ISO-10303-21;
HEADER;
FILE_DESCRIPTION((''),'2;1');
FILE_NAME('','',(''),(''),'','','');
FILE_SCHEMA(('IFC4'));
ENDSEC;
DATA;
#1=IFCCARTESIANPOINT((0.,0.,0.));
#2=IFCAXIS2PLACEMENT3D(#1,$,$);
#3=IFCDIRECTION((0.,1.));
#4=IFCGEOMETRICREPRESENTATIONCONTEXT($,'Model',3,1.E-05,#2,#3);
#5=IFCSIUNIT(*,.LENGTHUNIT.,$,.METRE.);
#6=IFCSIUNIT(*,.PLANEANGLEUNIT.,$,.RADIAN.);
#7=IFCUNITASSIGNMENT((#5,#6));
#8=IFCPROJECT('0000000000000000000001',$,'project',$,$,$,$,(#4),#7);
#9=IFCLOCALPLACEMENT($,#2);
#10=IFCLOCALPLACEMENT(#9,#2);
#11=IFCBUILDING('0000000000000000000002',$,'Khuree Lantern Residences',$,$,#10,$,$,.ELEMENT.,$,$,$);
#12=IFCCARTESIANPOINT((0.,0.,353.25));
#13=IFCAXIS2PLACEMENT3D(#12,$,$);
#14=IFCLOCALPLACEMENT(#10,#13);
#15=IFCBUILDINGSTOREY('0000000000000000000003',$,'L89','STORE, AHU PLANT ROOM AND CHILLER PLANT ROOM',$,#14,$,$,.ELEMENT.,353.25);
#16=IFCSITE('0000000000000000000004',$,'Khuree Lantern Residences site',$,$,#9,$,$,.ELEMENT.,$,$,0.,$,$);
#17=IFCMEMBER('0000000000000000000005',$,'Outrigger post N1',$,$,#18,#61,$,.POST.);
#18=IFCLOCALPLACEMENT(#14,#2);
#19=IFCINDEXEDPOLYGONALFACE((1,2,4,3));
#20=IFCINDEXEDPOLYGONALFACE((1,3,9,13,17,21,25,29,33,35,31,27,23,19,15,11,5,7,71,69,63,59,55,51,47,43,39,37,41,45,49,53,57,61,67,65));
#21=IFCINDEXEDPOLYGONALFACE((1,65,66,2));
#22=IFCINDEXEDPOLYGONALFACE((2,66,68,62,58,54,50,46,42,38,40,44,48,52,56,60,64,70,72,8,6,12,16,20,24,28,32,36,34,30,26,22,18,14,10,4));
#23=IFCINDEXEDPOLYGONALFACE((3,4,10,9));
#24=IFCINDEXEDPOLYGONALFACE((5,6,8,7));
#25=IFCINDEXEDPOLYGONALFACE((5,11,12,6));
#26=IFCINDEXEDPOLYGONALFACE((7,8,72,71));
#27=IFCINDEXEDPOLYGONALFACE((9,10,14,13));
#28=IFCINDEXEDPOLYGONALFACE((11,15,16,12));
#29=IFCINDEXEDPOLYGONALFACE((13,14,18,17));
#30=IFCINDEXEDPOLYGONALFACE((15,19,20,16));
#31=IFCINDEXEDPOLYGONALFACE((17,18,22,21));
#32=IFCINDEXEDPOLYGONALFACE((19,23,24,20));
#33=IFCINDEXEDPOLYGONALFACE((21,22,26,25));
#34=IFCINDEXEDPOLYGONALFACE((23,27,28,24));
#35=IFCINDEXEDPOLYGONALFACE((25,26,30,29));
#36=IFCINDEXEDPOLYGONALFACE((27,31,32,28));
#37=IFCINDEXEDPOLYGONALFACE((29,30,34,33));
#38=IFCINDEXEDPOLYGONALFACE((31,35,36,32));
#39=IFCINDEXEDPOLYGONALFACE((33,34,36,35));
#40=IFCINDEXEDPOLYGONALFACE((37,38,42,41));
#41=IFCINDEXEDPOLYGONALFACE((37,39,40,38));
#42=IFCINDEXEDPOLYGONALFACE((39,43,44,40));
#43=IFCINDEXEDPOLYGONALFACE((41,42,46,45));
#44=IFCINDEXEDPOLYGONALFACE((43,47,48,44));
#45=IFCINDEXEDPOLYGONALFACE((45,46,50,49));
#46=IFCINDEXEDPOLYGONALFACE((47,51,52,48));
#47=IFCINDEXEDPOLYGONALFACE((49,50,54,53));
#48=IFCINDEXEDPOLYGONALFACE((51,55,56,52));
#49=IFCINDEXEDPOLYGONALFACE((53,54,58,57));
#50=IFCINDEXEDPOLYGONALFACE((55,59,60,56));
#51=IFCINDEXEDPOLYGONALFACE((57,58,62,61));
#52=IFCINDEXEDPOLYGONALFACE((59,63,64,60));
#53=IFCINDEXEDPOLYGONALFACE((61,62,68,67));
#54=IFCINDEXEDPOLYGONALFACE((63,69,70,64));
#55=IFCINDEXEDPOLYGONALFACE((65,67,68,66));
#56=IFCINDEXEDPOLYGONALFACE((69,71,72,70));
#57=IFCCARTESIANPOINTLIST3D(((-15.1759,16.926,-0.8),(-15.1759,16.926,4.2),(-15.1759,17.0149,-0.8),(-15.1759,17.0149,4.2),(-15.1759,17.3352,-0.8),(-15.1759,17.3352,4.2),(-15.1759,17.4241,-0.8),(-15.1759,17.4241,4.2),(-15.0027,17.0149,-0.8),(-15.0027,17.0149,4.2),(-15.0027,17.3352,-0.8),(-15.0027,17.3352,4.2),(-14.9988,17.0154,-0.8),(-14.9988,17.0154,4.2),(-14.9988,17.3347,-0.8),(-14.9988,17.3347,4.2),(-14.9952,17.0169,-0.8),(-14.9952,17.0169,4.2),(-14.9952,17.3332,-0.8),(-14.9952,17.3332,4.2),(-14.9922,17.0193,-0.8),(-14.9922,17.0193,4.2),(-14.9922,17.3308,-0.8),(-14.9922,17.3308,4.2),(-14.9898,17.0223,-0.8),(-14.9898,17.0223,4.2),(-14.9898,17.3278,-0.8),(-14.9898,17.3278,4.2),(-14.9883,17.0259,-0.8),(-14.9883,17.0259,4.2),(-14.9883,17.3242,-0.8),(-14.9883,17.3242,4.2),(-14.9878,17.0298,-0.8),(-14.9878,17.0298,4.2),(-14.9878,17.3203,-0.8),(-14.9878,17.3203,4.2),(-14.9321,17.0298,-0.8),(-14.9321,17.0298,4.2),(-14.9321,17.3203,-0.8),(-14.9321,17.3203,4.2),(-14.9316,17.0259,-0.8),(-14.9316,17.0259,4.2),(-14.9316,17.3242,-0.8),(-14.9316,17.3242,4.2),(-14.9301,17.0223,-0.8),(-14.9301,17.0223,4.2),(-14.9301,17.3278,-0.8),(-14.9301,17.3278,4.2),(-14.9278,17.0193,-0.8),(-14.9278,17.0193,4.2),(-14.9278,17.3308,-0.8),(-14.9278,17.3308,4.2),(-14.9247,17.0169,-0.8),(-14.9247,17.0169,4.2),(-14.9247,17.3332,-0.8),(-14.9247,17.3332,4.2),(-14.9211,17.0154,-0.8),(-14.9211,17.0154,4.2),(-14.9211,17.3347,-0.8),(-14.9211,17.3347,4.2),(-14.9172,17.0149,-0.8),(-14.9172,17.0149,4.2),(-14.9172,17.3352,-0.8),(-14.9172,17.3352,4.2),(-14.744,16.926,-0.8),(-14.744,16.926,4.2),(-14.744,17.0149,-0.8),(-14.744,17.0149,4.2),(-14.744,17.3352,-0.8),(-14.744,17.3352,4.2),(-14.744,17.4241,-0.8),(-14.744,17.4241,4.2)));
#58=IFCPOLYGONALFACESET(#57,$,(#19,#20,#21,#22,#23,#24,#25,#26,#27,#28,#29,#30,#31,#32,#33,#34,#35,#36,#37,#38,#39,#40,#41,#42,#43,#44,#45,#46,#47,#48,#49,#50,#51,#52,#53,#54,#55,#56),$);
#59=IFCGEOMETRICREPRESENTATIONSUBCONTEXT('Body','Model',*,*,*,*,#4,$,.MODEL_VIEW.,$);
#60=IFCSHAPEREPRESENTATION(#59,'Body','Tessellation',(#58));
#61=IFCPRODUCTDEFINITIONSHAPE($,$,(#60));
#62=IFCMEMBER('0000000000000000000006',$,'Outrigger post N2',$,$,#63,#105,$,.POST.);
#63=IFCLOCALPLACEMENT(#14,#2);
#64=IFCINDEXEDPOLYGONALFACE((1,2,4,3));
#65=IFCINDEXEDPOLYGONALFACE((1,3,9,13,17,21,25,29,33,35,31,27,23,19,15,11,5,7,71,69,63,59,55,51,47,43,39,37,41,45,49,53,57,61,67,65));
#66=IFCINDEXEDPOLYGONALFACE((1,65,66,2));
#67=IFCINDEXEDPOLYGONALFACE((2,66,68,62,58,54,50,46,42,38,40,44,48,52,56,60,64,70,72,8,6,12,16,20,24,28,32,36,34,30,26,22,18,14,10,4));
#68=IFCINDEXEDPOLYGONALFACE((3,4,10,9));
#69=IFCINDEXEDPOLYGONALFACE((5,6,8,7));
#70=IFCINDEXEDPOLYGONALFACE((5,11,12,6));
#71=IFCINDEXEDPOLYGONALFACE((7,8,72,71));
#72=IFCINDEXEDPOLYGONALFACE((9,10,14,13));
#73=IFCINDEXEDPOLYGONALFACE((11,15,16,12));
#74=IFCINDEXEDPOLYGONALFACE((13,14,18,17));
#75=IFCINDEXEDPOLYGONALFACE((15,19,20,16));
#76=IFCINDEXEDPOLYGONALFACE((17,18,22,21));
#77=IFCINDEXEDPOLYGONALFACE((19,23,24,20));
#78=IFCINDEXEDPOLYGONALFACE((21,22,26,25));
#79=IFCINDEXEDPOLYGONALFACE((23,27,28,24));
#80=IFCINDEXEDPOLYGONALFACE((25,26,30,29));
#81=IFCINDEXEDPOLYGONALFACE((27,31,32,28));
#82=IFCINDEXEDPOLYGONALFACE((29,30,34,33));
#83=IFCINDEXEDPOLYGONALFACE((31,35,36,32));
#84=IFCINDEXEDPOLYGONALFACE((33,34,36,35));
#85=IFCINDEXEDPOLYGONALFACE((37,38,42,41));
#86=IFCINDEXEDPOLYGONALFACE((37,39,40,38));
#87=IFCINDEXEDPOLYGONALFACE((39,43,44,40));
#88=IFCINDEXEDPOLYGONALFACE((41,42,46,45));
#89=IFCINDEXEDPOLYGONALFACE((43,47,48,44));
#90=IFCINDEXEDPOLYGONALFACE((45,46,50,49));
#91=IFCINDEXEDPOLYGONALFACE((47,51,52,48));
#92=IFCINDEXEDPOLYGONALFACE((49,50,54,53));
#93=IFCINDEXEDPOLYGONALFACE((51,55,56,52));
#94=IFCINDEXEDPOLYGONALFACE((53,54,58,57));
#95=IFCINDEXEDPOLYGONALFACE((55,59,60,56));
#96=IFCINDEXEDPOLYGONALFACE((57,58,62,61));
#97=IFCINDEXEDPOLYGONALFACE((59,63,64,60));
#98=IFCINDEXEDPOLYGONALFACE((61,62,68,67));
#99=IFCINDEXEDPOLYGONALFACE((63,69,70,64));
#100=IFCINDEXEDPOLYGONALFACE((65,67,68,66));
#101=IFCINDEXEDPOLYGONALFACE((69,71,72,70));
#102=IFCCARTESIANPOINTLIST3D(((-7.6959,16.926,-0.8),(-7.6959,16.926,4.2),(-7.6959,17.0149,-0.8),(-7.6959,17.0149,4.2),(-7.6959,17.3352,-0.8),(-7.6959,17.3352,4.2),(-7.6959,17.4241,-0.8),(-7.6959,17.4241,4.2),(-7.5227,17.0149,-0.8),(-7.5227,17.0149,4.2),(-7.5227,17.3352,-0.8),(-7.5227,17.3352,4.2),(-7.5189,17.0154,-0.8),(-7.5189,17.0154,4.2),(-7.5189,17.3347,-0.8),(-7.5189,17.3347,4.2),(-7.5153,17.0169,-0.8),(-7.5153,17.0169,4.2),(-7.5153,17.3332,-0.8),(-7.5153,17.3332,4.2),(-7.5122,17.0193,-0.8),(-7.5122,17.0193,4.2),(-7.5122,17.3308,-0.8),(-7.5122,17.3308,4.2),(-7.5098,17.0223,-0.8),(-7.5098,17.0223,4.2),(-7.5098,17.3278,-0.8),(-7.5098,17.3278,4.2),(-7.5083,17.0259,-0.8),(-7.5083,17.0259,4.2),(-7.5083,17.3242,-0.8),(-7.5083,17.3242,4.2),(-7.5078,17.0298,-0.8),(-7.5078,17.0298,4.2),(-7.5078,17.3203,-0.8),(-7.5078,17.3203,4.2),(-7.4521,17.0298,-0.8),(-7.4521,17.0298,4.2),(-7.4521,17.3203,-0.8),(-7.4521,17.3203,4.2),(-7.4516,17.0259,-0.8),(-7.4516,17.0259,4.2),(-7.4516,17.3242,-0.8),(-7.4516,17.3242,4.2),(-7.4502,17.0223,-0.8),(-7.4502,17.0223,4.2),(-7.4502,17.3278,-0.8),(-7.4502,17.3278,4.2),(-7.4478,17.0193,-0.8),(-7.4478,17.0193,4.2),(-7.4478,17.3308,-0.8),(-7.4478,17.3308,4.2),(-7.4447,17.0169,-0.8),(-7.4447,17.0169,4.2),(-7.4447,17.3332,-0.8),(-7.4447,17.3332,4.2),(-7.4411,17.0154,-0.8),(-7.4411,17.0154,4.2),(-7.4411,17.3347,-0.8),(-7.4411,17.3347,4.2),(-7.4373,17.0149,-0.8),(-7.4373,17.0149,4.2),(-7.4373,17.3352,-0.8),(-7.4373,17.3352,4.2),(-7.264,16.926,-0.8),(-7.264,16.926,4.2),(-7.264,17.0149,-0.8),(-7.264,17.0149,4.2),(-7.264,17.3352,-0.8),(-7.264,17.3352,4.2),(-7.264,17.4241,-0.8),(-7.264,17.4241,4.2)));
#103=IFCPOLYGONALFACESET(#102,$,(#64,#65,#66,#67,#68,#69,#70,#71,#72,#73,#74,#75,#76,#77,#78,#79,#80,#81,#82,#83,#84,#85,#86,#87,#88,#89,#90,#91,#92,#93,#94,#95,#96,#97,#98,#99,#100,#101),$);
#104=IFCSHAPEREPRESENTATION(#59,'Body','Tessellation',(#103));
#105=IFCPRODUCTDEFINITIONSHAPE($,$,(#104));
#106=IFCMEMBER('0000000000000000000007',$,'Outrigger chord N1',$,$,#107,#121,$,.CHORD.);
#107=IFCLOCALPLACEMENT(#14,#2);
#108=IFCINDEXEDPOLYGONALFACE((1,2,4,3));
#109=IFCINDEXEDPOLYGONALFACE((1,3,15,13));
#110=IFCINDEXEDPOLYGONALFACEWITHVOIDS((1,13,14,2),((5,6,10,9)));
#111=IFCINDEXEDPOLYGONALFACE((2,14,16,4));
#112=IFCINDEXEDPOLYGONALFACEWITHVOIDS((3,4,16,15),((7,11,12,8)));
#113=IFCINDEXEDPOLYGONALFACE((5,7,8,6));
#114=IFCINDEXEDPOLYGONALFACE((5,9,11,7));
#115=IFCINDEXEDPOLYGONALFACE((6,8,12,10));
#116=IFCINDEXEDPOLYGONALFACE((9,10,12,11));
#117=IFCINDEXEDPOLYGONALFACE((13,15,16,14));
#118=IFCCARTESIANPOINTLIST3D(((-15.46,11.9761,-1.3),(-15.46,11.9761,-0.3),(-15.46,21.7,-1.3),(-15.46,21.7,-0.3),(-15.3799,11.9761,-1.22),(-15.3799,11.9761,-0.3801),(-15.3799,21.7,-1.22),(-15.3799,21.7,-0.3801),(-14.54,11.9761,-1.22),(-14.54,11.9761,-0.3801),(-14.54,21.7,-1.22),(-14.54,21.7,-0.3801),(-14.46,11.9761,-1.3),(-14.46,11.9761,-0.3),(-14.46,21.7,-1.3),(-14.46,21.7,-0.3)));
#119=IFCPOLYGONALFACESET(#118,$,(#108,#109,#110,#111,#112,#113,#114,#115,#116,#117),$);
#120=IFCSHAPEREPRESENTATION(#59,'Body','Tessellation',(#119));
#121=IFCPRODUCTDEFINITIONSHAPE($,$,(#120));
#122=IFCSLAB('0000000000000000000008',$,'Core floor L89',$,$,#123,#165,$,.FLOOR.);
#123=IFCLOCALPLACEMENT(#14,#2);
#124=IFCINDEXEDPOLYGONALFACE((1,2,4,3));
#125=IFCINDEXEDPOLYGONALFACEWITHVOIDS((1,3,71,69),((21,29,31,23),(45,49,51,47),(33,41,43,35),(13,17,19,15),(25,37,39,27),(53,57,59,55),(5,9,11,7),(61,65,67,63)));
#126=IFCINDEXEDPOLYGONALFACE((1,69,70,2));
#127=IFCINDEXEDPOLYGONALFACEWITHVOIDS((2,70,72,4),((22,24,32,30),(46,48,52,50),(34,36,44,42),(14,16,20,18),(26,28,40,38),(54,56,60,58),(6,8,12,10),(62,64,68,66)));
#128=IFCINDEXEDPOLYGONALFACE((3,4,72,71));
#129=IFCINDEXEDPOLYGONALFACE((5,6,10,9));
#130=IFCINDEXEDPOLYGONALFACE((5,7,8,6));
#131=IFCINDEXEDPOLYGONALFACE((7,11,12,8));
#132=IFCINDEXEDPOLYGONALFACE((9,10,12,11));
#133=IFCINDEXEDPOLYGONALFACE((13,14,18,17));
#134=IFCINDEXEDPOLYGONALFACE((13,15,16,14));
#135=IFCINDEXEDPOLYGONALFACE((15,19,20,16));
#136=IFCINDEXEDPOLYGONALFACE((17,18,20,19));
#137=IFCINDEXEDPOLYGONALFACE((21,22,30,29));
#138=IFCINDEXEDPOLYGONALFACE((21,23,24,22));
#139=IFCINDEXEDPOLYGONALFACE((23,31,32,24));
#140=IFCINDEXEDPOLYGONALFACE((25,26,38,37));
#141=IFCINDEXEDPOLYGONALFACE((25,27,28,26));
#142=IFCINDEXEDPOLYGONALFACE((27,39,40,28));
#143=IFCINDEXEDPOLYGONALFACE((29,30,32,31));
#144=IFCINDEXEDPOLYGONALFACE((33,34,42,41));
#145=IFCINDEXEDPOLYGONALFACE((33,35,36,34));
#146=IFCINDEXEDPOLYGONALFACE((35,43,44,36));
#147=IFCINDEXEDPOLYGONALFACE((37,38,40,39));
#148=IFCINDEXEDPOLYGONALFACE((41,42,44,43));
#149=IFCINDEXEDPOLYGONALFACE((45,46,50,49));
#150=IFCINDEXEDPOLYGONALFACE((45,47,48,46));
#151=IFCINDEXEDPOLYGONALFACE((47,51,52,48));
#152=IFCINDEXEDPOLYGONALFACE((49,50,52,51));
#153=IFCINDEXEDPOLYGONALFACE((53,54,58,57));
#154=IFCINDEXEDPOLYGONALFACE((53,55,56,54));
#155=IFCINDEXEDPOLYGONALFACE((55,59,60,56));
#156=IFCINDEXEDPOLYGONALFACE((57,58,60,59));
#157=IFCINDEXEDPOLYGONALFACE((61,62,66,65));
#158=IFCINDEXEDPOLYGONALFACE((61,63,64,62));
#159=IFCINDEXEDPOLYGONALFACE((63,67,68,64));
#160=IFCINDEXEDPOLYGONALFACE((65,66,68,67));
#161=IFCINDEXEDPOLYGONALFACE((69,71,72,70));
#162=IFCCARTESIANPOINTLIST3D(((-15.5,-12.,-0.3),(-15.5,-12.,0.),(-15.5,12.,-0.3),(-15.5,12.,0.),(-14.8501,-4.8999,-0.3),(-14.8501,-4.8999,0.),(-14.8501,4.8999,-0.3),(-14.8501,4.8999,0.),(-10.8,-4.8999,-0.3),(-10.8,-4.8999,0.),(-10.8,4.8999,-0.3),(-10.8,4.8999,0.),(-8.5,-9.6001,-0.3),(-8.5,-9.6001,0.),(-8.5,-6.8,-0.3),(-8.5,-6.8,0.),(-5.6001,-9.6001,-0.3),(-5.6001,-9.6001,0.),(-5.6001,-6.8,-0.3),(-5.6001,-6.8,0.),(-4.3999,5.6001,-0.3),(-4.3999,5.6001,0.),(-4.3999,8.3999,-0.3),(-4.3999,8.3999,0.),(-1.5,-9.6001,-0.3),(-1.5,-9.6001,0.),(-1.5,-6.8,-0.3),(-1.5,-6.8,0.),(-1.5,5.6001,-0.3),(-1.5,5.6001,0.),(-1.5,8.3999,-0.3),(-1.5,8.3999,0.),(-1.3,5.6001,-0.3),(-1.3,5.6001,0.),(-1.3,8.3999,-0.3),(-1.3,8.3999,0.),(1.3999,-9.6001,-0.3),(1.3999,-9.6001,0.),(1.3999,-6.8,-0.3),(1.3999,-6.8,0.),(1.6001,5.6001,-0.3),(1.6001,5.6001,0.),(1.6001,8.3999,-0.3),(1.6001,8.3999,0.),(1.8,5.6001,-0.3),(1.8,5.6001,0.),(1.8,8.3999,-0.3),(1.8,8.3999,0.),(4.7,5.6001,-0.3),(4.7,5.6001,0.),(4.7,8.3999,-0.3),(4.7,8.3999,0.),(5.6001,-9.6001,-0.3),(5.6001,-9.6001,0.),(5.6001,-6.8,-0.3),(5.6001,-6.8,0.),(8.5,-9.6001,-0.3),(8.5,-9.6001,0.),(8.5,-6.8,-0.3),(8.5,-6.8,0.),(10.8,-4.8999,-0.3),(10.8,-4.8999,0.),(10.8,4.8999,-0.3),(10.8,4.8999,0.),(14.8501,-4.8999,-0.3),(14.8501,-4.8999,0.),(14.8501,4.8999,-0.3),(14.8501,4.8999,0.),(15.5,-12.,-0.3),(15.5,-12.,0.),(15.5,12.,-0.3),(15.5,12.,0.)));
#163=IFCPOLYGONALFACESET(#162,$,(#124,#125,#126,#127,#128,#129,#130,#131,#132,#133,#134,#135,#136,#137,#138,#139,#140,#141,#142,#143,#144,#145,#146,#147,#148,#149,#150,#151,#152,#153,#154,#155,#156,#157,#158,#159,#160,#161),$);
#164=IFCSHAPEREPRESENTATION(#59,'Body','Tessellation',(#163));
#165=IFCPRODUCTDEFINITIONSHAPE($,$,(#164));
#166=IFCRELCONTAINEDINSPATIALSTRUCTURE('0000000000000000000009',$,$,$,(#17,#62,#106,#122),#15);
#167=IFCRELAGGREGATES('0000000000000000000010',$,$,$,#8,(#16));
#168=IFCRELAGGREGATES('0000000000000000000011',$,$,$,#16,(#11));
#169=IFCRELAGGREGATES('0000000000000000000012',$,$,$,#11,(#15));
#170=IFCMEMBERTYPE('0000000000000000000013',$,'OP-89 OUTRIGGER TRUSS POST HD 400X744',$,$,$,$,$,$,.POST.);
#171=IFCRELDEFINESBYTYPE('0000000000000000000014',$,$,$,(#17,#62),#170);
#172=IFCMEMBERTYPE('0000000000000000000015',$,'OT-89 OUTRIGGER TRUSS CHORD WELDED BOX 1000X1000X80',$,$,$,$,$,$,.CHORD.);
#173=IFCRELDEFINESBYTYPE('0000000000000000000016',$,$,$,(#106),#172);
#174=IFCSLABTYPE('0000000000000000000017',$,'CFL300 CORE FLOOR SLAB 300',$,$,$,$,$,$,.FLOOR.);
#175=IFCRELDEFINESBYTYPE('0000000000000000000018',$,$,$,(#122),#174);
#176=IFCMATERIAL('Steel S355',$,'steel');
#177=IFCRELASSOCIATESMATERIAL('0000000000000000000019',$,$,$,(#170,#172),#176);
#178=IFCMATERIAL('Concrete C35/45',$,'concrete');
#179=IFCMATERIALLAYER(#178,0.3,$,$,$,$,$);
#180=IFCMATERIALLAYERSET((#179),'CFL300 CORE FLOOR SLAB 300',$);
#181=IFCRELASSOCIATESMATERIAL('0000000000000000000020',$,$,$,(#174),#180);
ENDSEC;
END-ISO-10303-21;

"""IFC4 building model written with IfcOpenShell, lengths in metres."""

from ifc_helpers import new_model, si_unit, direction, frame, origin, origin_2d, place, context, subcontext, project, spatial, polyline, hollow_rectangle, i_section, outline, extrude, material, layer, layer_set, material_profile, profile_set, type_object, element, save


model = new_model("IFC4")

# Units and contexts
model_context = context("Model", 3, precision=1e-05, world=origin(), true_north=direction((0.0, 1.0)))
body_context = subcontext(model_context, "Body", "Model", "MODEL_VIEW")
ifc_project = project(units=[si_unit("LENGTHUNIT", "METRE"), si_unit("PLANEANGLEUNIT", "RADIAN")], contexts=[model_context])

# Site, building, storey
site_placement = place(None, origin())
site = spatial("IfcSite", under=ifc_project, at=site_placement, Name="Khuree Lantern Residences site", CompositionType="ELEMENT", RefElevation=0.0)
building_placement = place(site_placement, origin())
building = spatial("IfcBuilding", under=site, at=building_placement, Name="Khuree Lantern Residences", CompositionType="ELEMENT")
storey_placement = place(building_placement, frame((0.0, 0.0, 353.25)))
storey = spatial("IfcBuildingStorey", under=building, at=storey_placement, Name="L89", Description="STORE, AHU PLANT ROOM AND CHILLER PLANT ROOM", CompositionType="ELEMENT", Elevation=353.25)

# Members
ifc_material_1 = material(Name="Steel S355", Category="steel")
ifc_material_profile_1 = material_profile(ifc_material_1, i_section(OverallWidth=0.4319, OverallDepth=0.498, WebThickness=0.0557, FlangeThickness=0.0889, FilletRadius=0.0149, at=origin_2d()), Name="HD 400X744")
ifc_profile_set_1 = profile_set([ifc_material_profile_1], Name="Steel S355")
member_type_1 = type_object("IfcMemberType", Name="OP-89 OUTRIGGER TRUSS POST HD 400X744", PredefinedType="POST", material=ifc_profile_set_1)
for number, where, z_axis, x_axis, name in (
    (1, (-14.96, 17.175, -0.8), (0.0, 0.0, 1.0), (1.0, 0.0, 0.0), "Outrigger post N1"),
    (2, (-7.48, 17.175, -0.8), (0.0, 0.0, 1.0), (1.0, 0.0, 0.0), "Outrigger post N2"),
):
    element("IfcMember", number, at=place(storey_placement, frame(where, z_axis=z_axis, x_axis=x_axis)), inside=storey, type_object=member_type_1, Name=name, PredefinedType="POST", context=body_context, shape_type="SweptSolid", body=[
        extrude(i_section(OverallWidth=0.4319, OverallDepth=0.498, WebThickness=0.0557, FlangeThickness=0.0889, FilletRadius=0.0149, at=origin_2d()), origin(), (0.0, 0.0, 1.0), 5.0),
    ])
ifc_material_profile_2 = material_profile(ifc_material_1, hollow_rectangle(XDim=1.0, YDim=1.0, WallThickness=0.0801, at=origin_2d()), Name="WELDED BOX 1000X1000X80")
ifc_profile_set_2 = profile_set([ifc_material_profile_2], Name="Steel S355")
member_type_2 = type_object("IfcMemberType", Name="OT-89 OUTRIGGER TRUSS CHORD WELDED BOX 1000X1000X80", PredefinedType="CHORD", material=ifc_profile_set_2)
member_1_placement = place(storey_placement, frame((-14.96, 21.7, -0.8), z_axis=(0.0, -1.0, 0.0), x_axis=(1.0, 0.0, 0.0)))
element("IfcMember", 3, at=member_1_placement, inside=storey, type_object=member_type_2, Name="Outrigger chord N1", PredefinedType="CHORD", context=body_context, shape_type="SweptSolid", body=[
    extrude(hollow_rectangle(XDim=1.0, YDim=1.0, WallThickness=0.0801, at=origin_2d()), origin(), (0.0, 0.0, 1.0), 9.7239),
])

# Slab
ifc_material_2 = material(Name="Concrete C35/45", Category="concrete")
ifc_layer_1 = layer(ifc_material_2, 0.3)
ifc_layer_set_1 = layer_set([ifc_layer_1], Name="CFL300 CORE FLOOR SLAB 300")
slab_type_1 = type_object("IfcSlabType", Name="CFL300 CORE FLOOR SLAB 300", PredefinedType="FLOOR", material=ifc_layer_set_1)
slab_1_placement = place(storey_placement, frame((0.0, 0.0, -0.3)))
element("IfcSlab", 4, at=slab_1_placement, inside=storey, type_object=slab_type_1, Name="Core floor L89", PredefinedType="FLOOR", context=body_context, shape_type="SweptSolid", body=[
    extrude(outline(polyline([(-15.5, -12.0), (-15.5, 12.0), (15.5, 12.0), (15.5, -12.0), (-15.5, -12.0)]), holes=[polyline([(10.8, 4.8999), (10.8, -4.8999), (14.8501, -4.8999), (14.8501, 4.8999), (10.8, 4.8999)]), polyline([(5.6001, -6.8), (5.6001, -9.6001), (8.5, -9.6001), (8.5, -6.8), (5.6001, -6.8)]), polyline([(1.8, 8.3999), (1.8, 5.6001), (4.7, 5.6001), (4.7, 8.3999), (1.8, 8.3999)]), polyline([(-1.3, 8.3999), (-1.3, 5.6001), (1.6001, 5.6001), (1.6001, 8.3999), (-1.3, 8.3999)]), polyline([(-1.5, -6.8), (-1.5, -9.6001), (1.3999, -9.6001), (1.3999, -6.8), (-1.5, -6.8)]), polyline([(-4.3999, 8.3999), (-4.3999, 5.6001), (-1.5, 5.6001), (-1.5, 8.3999), (-4.3999, 8.3999)]), polyline([(-8.5, -6.8), (-8.5, -9.6001), (-5.6001, -9.6001), (-5.6001, -6.8), (-8.5, -6.8)]), polyline([(-14.8501, 4.8999), (-14.8501, -4.8999), (-10.8, -4.8999), (-10.8, 4.8999), (-14.8501, 4.8999)])]), origin(), (0.0, 0.0, 1.0), 0.3),
])

save(model, "model.ifc")
